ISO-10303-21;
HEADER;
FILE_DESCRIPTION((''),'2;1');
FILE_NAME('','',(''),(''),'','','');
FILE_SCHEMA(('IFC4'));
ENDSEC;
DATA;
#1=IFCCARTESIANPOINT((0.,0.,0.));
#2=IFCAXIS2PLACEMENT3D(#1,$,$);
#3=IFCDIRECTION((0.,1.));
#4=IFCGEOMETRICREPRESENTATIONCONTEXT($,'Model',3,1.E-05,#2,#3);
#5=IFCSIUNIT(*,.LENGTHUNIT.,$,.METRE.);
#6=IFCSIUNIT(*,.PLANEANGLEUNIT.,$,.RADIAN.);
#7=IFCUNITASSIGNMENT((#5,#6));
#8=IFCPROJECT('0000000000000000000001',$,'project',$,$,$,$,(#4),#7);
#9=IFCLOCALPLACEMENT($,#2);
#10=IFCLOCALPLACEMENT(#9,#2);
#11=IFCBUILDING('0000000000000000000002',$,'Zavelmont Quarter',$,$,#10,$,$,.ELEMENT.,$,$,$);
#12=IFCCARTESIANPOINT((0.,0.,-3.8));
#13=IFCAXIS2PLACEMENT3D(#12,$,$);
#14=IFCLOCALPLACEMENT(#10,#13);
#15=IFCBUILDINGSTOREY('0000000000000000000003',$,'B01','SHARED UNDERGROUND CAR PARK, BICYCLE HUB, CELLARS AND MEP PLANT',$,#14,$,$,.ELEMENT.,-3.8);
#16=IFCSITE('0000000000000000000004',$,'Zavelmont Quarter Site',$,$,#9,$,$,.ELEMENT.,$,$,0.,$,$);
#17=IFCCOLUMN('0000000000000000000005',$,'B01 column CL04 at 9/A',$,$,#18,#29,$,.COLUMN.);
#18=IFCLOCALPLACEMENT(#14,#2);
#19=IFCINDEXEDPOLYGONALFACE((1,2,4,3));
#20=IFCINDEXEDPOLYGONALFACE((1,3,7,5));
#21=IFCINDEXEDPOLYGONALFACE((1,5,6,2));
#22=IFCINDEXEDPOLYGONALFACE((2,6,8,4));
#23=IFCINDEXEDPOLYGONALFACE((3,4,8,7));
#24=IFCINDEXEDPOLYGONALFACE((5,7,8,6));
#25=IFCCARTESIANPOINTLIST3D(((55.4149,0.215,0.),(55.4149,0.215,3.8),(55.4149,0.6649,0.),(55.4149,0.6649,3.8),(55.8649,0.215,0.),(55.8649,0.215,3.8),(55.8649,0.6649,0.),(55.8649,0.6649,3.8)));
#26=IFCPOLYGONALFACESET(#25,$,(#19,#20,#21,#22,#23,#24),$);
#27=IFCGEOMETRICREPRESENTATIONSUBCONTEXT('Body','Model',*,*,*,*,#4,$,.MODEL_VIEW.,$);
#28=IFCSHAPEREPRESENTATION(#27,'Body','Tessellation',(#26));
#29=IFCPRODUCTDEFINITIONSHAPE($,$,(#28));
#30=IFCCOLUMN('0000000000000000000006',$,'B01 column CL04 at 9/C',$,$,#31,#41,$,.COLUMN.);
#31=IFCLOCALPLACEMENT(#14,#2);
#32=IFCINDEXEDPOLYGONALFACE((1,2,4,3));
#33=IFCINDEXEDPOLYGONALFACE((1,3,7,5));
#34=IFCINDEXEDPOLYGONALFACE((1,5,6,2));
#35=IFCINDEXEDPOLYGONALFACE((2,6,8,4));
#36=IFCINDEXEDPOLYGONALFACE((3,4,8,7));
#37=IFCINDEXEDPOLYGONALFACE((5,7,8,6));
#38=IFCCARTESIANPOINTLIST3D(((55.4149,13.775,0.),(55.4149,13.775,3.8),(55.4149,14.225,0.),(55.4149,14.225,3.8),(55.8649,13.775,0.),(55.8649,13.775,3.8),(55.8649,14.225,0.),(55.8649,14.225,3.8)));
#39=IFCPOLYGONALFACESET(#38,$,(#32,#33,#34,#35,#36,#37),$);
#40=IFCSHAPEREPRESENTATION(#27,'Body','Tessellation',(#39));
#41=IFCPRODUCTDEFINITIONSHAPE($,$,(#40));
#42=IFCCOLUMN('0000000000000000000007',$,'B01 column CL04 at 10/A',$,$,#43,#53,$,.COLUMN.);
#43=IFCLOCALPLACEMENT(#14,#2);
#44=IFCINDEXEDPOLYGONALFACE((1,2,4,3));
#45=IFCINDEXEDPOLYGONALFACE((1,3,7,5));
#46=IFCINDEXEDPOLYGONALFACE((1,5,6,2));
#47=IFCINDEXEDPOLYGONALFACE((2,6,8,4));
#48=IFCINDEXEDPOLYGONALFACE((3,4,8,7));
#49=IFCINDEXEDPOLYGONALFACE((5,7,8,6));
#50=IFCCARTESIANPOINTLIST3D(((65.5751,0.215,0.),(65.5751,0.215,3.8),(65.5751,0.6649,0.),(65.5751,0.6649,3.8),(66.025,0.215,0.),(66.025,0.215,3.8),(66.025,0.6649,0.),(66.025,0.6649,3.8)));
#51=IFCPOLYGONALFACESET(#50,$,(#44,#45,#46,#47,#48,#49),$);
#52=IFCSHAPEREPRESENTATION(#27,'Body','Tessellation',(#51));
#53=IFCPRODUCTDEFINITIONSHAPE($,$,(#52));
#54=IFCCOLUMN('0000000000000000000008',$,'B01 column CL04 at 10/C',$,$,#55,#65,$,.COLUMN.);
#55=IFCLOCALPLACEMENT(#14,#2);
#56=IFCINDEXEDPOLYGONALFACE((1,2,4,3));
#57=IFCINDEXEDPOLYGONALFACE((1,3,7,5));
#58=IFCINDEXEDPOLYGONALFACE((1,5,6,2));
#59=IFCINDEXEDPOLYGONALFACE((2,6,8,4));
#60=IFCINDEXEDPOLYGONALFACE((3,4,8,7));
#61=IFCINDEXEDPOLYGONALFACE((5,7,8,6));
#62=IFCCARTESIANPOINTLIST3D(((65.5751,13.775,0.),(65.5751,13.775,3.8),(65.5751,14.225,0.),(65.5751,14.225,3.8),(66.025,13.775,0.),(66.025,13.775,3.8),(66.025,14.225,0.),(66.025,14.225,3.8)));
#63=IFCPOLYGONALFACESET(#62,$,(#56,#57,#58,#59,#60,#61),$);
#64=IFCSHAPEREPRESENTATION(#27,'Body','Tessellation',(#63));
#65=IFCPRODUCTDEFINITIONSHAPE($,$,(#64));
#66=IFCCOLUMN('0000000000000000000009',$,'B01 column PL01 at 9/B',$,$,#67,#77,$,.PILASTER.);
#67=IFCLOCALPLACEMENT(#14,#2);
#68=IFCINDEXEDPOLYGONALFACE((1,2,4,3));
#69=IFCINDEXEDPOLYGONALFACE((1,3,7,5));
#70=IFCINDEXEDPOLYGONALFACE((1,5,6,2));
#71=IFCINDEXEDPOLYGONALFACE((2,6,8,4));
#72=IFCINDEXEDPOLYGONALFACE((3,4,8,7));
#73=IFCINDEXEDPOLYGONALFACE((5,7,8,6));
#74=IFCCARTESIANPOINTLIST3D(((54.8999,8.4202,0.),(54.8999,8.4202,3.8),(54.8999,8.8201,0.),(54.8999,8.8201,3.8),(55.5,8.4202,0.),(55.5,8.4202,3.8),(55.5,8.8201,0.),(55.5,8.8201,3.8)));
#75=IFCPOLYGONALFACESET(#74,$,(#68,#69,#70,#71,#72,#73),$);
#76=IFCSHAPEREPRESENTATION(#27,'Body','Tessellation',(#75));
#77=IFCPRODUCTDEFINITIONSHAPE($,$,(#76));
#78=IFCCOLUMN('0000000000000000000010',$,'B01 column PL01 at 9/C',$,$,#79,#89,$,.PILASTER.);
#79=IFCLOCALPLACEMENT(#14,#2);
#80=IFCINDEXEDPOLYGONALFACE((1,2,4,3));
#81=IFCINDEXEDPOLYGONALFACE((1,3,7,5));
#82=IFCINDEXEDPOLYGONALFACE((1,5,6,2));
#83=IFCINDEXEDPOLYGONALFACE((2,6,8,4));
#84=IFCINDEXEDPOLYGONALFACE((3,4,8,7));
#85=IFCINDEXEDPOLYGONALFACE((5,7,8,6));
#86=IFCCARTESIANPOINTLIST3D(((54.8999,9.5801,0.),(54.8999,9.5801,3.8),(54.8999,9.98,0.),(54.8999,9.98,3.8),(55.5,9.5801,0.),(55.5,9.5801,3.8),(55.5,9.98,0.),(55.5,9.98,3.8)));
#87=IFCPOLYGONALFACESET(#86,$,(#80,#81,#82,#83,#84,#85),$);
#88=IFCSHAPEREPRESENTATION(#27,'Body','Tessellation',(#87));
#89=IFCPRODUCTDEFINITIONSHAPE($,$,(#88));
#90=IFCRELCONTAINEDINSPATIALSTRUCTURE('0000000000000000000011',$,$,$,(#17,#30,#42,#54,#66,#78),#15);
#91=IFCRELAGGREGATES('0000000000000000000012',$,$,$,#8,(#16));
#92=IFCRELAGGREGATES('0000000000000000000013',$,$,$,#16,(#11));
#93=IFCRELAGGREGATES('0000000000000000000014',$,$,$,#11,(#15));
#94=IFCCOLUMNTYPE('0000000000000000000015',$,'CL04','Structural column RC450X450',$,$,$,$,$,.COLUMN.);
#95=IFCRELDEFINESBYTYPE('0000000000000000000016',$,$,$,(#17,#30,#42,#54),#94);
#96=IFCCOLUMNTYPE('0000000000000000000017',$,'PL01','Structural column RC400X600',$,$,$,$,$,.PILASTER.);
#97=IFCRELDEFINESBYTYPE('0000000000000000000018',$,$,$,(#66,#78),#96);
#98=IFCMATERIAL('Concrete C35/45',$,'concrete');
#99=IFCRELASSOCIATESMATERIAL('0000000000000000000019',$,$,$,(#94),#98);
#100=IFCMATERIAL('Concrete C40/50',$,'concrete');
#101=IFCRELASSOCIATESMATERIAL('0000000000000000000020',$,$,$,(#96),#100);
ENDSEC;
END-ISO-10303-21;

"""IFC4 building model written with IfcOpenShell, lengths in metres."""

from ifc_helpers import new_model, si_unit, direction, frame, origin, origin_2d, place, context, subcontext, project, spatial, rectangle, extrude, material, material_profile, profile_set, type_object, element, save


model = new_model("IFC4")

# Units and contexts
model_context = context("Model", 3, precision=1e-05, world=origin(), true_north=direction((0.0, 1.0)))
body_context = subcontext(model_context, "Body", "Model", "MODEL_VIEW")
ifc_project = project(units=[si_unit("LENGTHUNIT", "METRE"), si_unit("PLANEANGLEUNIT", "RADIAN")], contexts=[model_context])

# Site, building, storey
site_placement = place(None, origin())
site = spatial("IfcSite", under=ifc_project, at=site_placement, Name="Zavelmont Quarter Site", CompositionType="ELEMENT", RefElevation=0.0)
building_placement = place(site_placement, origin())
building = spatial("IfcBuilding", under=site, at=building_placement, Name="Zavelmont Quarter", CompositionType="ELEMENT")
storey_placement = place(building_placement, frame((0.0, 0.0, -3.8)))
storey = spatial("IfcBuildingStorey", under=building, at=storey_placement, Name="B01", Description="SHARED UNDERGROUND CAR PARK, BICYCLE HUB, CELLARS AND MEP PLANT", CompositionType="ELEMENT", Elevation=-3.8)

# Shared definitions
ifc_material_1 = material(Name="Concrete C35/45", Category="concrete")

# Columns
ifc_material_2 = material(Name="Concrete C40/50", Category="concrete")
ifc_material_profile_1 = material_profile(ifc_material_1, rectangle(XDim=0.45, YDim=0.45, at=origin_2d()), Name="RC450X450")
ifc_profile_set_1 = profile_set([ifc_material_profile_1], Name="Concrete C35/45")
column_type_1 = type_object("IfcColumnType", Name="CL04", Description="Structural column RC450X450", PredefinedType="COLUMN", material=ifc_profile_set_1)
for number, where, z_axis, x_axis, name in (
    (1, (55.6399, 0.4399, 0.0), (0.0, 0.0, 1.0), (1.0, 0.0, 0.0), "B01 column CL04 at 9/A"),
    (2, (55.6399, 14.0, 0.0), (0.0, 0.0, 1.0), (1.0, 0.0, 0.0), "B01 column CL04 at 9/C"),
    (3, (65.8, 0.4399, 0.0), (0.0, 0.0, 1.0), (1.0, 0.0, 0.0), "B01 column CL04 at 10/A"),
    (4, (65.8, 14.0, 0.0), (0.0, 0.0, 1.0), (1.0, 0.0, 0.0), "B01 column CL04 at 10/C"),
):
    element("IfcColumn", number, at=place(storey_placement, frame(where, z_axis=z_axis, x_axis=x_axis)), inside=storey, type_object=column_type_1, Name=name, PredefinedType="COLUMN", context=body_context, shape_type="SweptSolid", body=[
        extrude(rectangle(XDim=0.45, YDim=0.45, at=origin_2d()), origin(), (0.0, 0.0, 1.0), 3.8),
    ])
ifc_material_profile_2 = material_profile(ifc_material_2, rectangle(XDim=0.3999, YDim=0.6001, at=origin_2d()), Name="RC400X600")
ifc_profile_set_2 = profile_set([ifc_material_profile_2], Name="Concrete C40/50")
column_type_2 = type_object("IfcColumnType", Name="PL01", Description="Structural column RC400X600", PredefinedType="PILASTER", material=ifc_profile_set_2)
for number, where, z_axis, x_axis, name in (
    (5, (55.2, 8.6201, 0.0), (0.0, 0.0, 1.0), (0.0, 1.0, 0.0), "B01 column PL01 at 9/B"),
    (6, (55.2, 9.78, 0.0), (0.0, 0.0, 1.0), (0.0, 1.0, 0.0), "B01 column PL01 at 9/C"),
):
    element("IfcColumn", number, at=place(storey_placement, frame(where, z_axis=z_axis, x_axis=x_axis)), inside=storey, type_object=column_type_2, Name=name, PredefinedType="PILASTER", context=body_context, shape_type="SweptSolid", body=[
        extrude(rectangle(XDim=0.3999, YDim=0.6001, at=origin_2d()), origin(), (0.0, 0.0, 1.0), 3.8),
    ])

save(model, "model.ifc")
